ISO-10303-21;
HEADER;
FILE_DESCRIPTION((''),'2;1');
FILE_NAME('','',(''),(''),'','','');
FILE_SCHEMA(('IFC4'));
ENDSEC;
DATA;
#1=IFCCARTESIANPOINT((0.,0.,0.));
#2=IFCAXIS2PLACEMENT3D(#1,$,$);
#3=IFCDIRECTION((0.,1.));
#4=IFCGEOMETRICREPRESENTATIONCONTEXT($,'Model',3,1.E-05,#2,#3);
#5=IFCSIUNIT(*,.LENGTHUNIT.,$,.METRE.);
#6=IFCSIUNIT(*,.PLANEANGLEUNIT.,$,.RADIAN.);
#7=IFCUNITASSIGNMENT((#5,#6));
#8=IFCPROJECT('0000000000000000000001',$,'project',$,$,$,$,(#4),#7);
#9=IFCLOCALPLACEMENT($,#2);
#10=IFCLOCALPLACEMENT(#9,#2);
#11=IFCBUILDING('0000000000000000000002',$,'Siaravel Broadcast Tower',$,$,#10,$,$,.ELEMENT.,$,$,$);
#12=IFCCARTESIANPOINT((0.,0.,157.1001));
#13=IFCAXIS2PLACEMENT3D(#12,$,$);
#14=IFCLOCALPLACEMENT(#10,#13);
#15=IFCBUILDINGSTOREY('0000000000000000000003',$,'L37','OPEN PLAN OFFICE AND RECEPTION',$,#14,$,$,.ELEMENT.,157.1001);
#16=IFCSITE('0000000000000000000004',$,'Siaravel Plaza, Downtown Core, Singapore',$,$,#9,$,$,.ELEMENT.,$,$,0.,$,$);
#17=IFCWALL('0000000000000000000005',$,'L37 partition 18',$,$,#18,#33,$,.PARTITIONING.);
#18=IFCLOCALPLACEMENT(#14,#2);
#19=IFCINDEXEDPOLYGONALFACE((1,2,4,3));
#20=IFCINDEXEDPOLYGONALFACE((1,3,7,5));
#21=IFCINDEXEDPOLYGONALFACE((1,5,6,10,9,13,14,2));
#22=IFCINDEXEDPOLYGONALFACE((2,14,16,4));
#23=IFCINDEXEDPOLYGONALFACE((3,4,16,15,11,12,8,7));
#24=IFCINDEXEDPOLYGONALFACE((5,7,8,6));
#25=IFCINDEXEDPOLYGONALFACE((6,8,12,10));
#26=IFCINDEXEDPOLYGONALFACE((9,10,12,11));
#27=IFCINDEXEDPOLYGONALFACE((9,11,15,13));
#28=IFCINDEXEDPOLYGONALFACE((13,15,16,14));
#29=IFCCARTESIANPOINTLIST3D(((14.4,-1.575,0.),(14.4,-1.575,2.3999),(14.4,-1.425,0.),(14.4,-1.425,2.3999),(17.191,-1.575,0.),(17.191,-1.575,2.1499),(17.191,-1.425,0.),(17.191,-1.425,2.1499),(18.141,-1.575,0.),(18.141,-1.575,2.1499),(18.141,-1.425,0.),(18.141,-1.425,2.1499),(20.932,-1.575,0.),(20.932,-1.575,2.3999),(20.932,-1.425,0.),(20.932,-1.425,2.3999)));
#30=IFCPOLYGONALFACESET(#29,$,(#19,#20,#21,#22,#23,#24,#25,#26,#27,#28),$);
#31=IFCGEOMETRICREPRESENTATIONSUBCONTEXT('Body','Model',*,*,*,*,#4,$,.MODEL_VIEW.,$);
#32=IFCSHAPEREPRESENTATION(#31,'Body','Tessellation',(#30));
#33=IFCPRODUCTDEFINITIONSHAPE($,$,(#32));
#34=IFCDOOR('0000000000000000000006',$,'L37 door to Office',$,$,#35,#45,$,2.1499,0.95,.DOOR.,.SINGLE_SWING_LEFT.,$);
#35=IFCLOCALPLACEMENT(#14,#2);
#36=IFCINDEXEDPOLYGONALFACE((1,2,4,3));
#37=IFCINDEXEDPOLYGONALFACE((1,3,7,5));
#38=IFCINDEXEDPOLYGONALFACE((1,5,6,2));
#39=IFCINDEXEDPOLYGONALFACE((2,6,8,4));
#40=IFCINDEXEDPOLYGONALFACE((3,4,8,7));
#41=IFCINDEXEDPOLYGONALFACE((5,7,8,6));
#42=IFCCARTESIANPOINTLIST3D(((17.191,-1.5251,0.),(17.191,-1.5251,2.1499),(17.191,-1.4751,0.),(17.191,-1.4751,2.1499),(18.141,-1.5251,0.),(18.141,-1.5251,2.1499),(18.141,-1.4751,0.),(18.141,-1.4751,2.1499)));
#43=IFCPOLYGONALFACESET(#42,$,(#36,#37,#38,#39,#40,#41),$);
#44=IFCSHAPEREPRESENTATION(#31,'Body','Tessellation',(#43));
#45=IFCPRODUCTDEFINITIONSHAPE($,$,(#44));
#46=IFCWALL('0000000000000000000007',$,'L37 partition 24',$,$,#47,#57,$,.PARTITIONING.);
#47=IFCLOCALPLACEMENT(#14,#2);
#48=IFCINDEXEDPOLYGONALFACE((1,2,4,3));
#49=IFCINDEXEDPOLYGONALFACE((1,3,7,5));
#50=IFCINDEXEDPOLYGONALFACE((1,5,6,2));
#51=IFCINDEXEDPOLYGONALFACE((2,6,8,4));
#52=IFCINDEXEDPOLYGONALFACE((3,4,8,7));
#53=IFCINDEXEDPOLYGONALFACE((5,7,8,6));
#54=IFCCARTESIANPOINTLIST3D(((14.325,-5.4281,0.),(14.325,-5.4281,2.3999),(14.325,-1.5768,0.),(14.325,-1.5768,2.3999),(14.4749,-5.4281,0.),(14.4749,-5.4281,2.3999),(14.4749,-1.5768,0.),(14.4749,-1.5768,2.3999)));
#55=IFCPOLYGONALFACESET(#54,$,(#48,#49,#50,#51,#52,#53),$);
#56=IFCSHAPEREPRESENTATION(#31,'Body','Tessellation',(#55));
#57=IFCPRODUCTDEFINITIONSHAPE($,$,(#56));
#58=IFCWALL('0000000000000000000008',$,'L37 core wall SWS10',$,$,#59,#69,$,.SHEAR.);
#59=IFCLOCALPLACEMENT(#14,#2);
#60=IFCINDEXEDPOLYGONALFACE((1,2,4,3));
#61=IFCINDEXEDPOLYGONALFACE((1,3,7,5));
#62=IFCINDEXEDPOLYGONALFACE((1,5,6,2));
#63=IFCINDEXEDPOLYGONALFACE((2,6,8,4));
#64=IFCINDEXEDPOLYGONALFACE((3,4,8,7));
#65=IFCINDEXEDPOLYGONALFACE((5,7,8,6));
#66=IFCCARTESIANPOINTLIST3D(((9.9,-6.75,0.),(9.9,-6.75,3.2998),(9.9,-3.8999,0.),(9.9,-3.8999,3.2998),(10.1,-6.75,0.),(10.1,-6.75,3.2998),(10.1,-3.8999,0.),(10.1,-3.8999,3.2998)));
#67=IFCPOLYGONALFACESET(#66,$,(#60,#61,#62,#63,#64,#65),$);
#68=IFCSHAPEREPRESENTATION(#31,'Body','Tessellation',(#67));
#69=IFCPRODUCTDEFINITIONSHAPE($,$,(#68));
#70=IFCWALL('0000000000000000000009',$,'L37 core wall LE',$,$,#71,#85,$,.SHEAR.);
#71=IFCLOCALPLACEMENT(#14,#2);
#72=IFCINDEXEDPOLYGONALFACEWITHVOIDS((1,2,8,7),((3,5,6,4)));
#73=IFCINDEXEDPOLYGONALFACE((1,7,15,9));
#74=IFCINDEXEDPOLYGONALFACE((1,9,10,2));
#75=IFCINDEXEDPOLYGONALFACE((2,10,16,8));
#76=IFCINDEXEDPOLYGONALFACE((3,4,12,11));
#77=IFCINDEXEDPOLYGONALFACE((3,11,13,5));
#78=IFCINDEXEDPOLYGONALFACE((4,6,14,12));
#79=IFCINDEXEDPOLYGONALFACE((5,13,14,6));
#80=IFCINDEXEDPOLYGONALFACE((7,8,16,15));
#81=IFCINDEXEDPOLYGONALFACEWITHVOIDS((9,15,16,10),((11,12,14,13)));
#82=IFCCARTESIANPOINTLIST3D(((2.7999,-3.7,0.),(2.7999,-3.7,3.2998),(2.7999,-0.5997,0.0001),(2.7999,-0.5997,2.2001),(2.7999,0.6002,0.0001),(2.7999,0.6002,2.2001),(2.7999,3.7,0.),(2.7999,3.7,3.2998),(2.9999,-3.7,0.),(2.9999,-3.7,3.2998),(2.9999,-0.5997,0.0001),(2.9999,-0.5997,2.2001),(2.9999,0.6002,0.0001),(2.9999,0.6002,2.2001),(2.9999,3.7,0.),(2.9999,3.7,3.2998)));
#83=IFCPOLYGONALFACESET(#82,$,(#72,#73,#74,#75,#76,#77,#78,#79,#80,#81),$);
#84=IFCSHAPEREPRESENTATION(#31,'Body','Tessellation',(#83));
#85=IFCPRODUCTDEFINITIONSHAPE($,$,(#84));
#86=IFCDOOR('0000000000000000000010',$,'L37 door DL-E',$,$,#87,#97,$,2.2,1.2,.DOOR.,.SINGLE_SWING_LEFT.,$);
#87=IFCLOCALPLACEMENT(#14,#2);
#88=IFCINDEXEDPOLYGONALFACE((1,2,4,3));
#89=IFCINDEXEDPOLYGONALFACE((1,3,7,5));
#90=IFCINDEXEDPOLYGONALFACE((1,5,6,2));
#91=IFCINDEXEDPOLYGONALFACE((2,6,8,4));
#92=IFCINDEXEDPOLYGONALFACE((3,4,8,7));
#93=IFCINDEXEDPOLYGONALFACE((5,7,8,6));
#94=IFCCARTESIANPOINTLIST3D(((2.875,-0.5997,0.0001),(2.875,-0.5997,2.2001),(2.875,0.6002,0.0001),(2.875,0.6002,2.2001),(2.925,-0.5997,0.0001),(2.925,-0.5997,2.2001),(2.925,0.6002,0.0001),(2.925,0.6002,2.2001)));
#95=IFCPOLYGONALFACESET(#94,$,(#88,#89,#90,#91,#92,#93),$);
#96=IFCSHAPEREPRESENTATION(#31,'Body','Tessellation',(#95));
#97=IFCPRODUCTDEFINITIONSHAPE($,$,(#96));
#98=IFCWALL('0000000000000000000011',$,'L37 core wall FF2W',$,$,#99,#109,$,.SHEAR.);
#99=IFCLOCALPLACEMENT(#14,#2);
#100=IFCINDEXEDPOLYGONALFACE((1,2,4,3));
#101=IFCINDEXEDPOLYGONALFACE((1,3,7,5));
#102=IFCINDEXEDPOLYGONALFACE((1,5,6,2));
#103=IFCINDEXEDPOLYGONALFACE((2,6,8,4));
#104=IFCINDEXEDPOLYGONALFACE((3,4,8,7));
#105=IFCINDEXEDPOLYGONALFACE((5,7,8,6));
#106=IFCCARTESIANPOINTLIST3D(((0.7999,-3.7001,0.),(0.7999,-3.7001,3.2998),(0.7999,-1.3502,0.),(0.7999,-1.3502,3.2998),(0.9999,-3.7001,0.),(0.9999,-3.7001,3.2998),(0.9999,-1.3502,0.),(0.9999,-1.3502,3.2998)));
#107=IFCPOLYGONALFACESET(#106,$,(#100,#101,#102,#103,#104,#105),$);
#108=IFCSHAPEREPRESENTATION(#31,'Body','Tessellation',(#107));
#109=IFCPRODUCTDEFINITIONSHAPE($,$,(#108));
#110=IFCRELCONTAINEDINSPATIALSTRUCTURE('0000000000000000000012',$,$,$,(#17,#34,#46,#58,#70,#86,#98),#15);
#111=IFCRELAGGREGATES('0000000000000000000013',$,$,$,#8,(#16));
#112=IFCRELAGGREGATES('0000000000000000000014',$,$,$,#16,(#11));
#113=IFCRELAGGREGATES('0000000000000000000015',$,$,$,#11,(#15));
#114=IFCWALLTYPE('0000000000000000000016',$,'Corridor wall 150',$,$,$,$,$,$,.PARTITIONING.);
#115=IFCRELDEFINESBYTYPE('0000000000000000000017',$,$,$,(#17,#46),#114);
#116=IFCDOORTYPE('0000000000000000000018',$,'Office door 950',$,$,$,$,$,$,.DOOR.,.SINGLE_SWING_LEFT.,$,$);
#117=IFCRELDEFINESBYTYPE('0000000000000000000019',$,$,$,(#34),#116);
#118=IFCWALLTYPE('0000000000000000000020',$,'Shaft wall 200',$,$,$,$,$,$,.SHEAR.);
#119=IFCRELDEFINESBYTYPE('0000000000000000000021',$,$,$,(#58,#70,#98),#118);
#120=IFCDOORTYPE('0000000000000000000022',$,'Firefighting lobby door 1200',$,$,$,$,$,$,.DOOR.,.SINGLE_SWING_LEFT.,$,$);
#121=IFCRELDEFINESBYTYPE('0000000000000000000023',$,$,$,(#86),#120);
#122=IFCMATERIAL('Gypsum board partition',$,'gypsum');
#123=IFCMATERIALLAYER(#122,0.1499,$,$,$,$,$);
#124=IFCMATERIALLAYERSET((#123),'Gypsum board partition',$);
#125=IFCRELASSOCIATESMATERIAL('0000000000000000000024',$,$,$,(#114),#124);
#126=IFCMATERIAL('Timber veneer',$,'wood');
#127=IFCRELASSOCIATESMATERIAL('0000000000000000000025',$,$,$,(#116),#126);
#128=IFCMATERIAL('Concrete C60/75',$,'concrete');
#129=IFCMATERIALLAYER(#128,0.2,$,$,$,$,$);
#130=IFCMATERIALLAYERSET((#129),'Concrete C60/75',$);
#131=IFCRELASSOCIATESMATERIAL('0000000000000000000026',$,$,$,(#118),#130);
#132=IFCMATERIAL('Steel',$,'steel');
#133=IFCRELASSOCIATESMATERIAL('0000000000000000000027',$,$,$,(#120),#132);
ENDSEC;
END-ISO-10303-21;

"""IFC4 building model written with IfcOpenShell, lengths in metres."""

from ifc_helpers import new_model, si_unit, direction, frame, frame_2d, origin, place, context, subcontext, project, spatial, rectangle, extrude, material, layer, layer_set, type_object, element, fill, save


model = new_model("IFC4")

# Units and contexts
model_context = context("Model", 3, precision=1e-05, world=origin(), true_north=direction((0.0, 1.0)))
body_context = subcontext(model_context, "Body", "Model", "MODEL_VIEW")
ifc_project = project(units=[si_unit("LENGTHUNIT", "METRE"), si_unit("PLANEANGLEUNIT", "RADIAN")], contexts=[model_context])

# Site, building, storey
site_placement = place(None, origin())
site = spatial("IfcSite", under=ifc_project, at=site_placement, Name="Siaravel Plaza, Downtown Core, Singapore", CompositionType="ELEMENT", RefElevation=0.0)
building_placement = place(site_placement, origin())
building = spatial("IfcBuilding", under=site, at=building_placement, Name="Siaravel Broadcast Tower", CompositionType="ELEMENT")
storey_placement = place(building_placement, frame((0.0, 0.0, 157.1001)))
storey = spatial("IfcBuildingStorey", under=building, at=storey_placement, Name="L37", Description="OPEN PLAN OFFICE AND RECEPTION", CompositionType="ELEMENT", Elevation=157.1001)

# Shared definitions
ifc_material_1 = material(Name="Gypsum board partition", Category="gypsum")
ifc_layer_1 = layer(ifc_material_1, 0.1499)
ifc_layer_set_1 = layer_set([ifc_layer_1], Name="Gypsum board partition")
wall_type_1 = type_object("IfcWallType", Name="Corridor wall 150", PredefinedType="PARTITIONING", material=ifc_layer_set_1)
ifc_material_2 = material(Name="Timber veneer", Category="wood")

# Wall, opening, door
wall_1_placement = place(storey_placement, frame((14.3999, -1.5, 0.0), z_axis=(0.0, 0.0, 1.0), x_axis=(1.0, 0.0, 0.0)))
wall_1 = element("IfcWall", 1, at=wall_1_placement, inside=storey, type_object=wall_type_1, Name="L37 partition 18", PredefinedType="PARTITIONING", context=body_context, shape_type="SweptSolid", body=[
    extrude(rectangle(XDim=6.532, YDim=0.1499, at=frame_2d((3.2661, 0.0))), origin(), (0.0, 0.0, 1.0), 2.3999),
])
opening_1_placement = place(wall_1_placement, frame((2.791, 0.0, 0.0)))
opening_1 = element("IfcOpeningElement", 2, at=opening_1_placement, cuts=wall_1, PredefinedType="OPENING", context=body_context, shape_type="SweptSolid", body=[
    extrude(rectangle(XDim=0.95, YDim=2.1499, at=frame_2d((0.4751, 1.075))), frame((0.0, 0.085, 0.0), z_axis=(0.0, -1.0, 0.0), x_axis=(1.0, 0.0, 0.0)), (0.0, 0.0, 1.0), 0.1699),
])
door_type_1 = type_object("IfcDoorType", Name="Office door 950", OperationType="SINGLE_SWING_LEFT", PredefinedType="DOOR", material=ifc_material_2)
door_1_placement = place(opening_1_placement, origin())
door_1 = element("IfcDoor", 3, at=door_1_placement, inside=storey, type_object=door_type_1, Name="L37 door to Office", OperationType="SINGLE_SWING_LEFT", OverallHeight=2.1499, OverallWidth=0.95, PredefinedType="DOOR", context=body_context, shape_type="SweptSolid", body=[
    extrude(rectangle(XDim=0.95, YDim=2.1499, at=frame_2d((0.4751, 1.075))), frame((0.0, 0.0249, 0.0), z_axis=(0.0, -1.0, 0.0), x_axis=(1.0, 0.0, 0.0)), (0.0, 0.0, 1.0), 0.05),
])
fill(opening_1, door_1)

# Walls
wall_2_placement = place(storey_placement, frame((14.3999, -5.4282, 0.0), z_axis=(0.0, 0.0, 1.0), x_axis=(0.0, 1.0, 0.0)))
element("IfcWall", 4, at=wall_2_placement, inside=storey, type_object=wall_type_1, Name="L37 partition 24", PredefinedType="PARTITIONING", context=body_context, shape_type="SweptSolid", body=[
    extrude(rectangle(XDim=3.8513, YDim=0.1499, at=frame_2d((1.9258, 0.0))), origin(), (0.0, 0.0, 1.0), 2.3999),
])
ifc_material_3 = material(Name="Concrete C60/75", Category="concrete")
ifc_layer_2 = layer(ifc_material_3, 0.2)
ifc_layer_set_2 = layer_set([ifc_layer_2], Name="Concrete C60/75")
wall_type_2 = type_object("IfcWallType", Name="Shaft wall 200", PredefinedType="SHEAR", material=ifc_layer_set_2)
wall_3_placement = place(storey_placement, frame((10.0, -6.75, 0.0), z_axis=(0.0, 0.0, 1.0), x_axis=(0.0, 1.0, 0.0)))
element("IfcWall", 5, at=wall_3_placement, inside=storey, type_object=wall_type_2, Name="L37 core wall SWS10", PredefinedType="SHEAR", context=body_context, shape_type="SweptSolid", body=[
    extrude(rectangle(XDim=2.8501, YDim=0.2, at=frame_2d((1.425, 0.0))), origin(), (0.0, 0.0, 1.0), 3.2998),
])

# Wall, opening, door
wall_4_placement = place(storey_placement, frame((2.8999, -3.7, 0.0), z_axis=(0.0, 0.0, 1.0), x_axis=(0.0, 1.0, 0.0)))
wall_4 = element("IfcWall", 6, at=wall_4_placement, inside=storey, type_object=wall_type_2, Name="L37 core wall LE", PredefinedType="SHEAR", context=body_context, shape_type="SweptSolid", body=[
    extrude(rectangle(XDim=7.3999, YDim=0.2, at=frame_2d((3.7, 0.0))), origin(), (0.0, 0.0, 1.0), 3.2998),
])
opening_2_placement = place(wall_4_placement, frame((3.1001, 0.0, 0.0)))
opening_2 = element("IfcOpeningElement", 7, at=opening_2_placement, cuts=wall_4, PredefinedType="OPENING", context=body_context, shape_type="SweptSolid", body=[
    extrude(rectangle(XDim=1.2, YDim=2.2, at=frame_2d((0.6001, 1.1001))), frame((0.0, 0.1099, 0.0), z_axis=(0.0, -1.0, 0.0), x_axis=(1.0, 0.0, 0.0)), (0.0, 0.0, 1.0), 0.22),
])
ifc_material_4 = material(Name="Steel", Category="steel")
door_type_2 = type_object("IfcDoorType", Name="Firefighting lobby door 1200", OperationType="SINGLE_SWING_LEFT", PredefinedType="DOOR", material=ifc_material_4)
door_2_placement = place(opening_2_placement, origin())
door_2 = element("IfcDoor", 8, at=door_2_placement, inside=storey, type_object=door_type_2, Name="L37 door DL-E", OperationType="SINGLE_SWING_LEFT", OverallHeight=2.2, OverallWidth=1.2, PredefinedType="DOOR", context=body_context, shape_type="SweptSolid", body=[
    extrude(rectangle(XDim=1.2, YDim=2.2, at=frame_2d((0.6001, 1.1001))), frame((0.0, 0.0249, 0.0), z_axis=(0.0, -1.0, 0.0), x_axis=(1.0, 0.0, 0.0)), (0.0, 0.0, 1.0), 0.05),
])
fill(opening_2, door_2)

# Wall
wall_5_placement = place(storey_placement, frame((0.8999, -3.7, 0.0), z_axis=(0.0, 0.0, 1.0), x_axis=(0.0, 1.0, 0.0)))
element("IfcWall", 9, at=wall_5_placement, inside=storey, type_object=wall_type_2, Name="L37 core wall FF2W", PredefinedType="SHEAR", context=body_context, shape_type="SweptSolid", body=[
    extrude(rectangle(XDim=2.3499, YDim=0.2, at=frame_2d((1.1748, 0.0))), origin(), (0.0, 0.0, 1.0), 3.2998),
])

save(model, "model.ifc")
